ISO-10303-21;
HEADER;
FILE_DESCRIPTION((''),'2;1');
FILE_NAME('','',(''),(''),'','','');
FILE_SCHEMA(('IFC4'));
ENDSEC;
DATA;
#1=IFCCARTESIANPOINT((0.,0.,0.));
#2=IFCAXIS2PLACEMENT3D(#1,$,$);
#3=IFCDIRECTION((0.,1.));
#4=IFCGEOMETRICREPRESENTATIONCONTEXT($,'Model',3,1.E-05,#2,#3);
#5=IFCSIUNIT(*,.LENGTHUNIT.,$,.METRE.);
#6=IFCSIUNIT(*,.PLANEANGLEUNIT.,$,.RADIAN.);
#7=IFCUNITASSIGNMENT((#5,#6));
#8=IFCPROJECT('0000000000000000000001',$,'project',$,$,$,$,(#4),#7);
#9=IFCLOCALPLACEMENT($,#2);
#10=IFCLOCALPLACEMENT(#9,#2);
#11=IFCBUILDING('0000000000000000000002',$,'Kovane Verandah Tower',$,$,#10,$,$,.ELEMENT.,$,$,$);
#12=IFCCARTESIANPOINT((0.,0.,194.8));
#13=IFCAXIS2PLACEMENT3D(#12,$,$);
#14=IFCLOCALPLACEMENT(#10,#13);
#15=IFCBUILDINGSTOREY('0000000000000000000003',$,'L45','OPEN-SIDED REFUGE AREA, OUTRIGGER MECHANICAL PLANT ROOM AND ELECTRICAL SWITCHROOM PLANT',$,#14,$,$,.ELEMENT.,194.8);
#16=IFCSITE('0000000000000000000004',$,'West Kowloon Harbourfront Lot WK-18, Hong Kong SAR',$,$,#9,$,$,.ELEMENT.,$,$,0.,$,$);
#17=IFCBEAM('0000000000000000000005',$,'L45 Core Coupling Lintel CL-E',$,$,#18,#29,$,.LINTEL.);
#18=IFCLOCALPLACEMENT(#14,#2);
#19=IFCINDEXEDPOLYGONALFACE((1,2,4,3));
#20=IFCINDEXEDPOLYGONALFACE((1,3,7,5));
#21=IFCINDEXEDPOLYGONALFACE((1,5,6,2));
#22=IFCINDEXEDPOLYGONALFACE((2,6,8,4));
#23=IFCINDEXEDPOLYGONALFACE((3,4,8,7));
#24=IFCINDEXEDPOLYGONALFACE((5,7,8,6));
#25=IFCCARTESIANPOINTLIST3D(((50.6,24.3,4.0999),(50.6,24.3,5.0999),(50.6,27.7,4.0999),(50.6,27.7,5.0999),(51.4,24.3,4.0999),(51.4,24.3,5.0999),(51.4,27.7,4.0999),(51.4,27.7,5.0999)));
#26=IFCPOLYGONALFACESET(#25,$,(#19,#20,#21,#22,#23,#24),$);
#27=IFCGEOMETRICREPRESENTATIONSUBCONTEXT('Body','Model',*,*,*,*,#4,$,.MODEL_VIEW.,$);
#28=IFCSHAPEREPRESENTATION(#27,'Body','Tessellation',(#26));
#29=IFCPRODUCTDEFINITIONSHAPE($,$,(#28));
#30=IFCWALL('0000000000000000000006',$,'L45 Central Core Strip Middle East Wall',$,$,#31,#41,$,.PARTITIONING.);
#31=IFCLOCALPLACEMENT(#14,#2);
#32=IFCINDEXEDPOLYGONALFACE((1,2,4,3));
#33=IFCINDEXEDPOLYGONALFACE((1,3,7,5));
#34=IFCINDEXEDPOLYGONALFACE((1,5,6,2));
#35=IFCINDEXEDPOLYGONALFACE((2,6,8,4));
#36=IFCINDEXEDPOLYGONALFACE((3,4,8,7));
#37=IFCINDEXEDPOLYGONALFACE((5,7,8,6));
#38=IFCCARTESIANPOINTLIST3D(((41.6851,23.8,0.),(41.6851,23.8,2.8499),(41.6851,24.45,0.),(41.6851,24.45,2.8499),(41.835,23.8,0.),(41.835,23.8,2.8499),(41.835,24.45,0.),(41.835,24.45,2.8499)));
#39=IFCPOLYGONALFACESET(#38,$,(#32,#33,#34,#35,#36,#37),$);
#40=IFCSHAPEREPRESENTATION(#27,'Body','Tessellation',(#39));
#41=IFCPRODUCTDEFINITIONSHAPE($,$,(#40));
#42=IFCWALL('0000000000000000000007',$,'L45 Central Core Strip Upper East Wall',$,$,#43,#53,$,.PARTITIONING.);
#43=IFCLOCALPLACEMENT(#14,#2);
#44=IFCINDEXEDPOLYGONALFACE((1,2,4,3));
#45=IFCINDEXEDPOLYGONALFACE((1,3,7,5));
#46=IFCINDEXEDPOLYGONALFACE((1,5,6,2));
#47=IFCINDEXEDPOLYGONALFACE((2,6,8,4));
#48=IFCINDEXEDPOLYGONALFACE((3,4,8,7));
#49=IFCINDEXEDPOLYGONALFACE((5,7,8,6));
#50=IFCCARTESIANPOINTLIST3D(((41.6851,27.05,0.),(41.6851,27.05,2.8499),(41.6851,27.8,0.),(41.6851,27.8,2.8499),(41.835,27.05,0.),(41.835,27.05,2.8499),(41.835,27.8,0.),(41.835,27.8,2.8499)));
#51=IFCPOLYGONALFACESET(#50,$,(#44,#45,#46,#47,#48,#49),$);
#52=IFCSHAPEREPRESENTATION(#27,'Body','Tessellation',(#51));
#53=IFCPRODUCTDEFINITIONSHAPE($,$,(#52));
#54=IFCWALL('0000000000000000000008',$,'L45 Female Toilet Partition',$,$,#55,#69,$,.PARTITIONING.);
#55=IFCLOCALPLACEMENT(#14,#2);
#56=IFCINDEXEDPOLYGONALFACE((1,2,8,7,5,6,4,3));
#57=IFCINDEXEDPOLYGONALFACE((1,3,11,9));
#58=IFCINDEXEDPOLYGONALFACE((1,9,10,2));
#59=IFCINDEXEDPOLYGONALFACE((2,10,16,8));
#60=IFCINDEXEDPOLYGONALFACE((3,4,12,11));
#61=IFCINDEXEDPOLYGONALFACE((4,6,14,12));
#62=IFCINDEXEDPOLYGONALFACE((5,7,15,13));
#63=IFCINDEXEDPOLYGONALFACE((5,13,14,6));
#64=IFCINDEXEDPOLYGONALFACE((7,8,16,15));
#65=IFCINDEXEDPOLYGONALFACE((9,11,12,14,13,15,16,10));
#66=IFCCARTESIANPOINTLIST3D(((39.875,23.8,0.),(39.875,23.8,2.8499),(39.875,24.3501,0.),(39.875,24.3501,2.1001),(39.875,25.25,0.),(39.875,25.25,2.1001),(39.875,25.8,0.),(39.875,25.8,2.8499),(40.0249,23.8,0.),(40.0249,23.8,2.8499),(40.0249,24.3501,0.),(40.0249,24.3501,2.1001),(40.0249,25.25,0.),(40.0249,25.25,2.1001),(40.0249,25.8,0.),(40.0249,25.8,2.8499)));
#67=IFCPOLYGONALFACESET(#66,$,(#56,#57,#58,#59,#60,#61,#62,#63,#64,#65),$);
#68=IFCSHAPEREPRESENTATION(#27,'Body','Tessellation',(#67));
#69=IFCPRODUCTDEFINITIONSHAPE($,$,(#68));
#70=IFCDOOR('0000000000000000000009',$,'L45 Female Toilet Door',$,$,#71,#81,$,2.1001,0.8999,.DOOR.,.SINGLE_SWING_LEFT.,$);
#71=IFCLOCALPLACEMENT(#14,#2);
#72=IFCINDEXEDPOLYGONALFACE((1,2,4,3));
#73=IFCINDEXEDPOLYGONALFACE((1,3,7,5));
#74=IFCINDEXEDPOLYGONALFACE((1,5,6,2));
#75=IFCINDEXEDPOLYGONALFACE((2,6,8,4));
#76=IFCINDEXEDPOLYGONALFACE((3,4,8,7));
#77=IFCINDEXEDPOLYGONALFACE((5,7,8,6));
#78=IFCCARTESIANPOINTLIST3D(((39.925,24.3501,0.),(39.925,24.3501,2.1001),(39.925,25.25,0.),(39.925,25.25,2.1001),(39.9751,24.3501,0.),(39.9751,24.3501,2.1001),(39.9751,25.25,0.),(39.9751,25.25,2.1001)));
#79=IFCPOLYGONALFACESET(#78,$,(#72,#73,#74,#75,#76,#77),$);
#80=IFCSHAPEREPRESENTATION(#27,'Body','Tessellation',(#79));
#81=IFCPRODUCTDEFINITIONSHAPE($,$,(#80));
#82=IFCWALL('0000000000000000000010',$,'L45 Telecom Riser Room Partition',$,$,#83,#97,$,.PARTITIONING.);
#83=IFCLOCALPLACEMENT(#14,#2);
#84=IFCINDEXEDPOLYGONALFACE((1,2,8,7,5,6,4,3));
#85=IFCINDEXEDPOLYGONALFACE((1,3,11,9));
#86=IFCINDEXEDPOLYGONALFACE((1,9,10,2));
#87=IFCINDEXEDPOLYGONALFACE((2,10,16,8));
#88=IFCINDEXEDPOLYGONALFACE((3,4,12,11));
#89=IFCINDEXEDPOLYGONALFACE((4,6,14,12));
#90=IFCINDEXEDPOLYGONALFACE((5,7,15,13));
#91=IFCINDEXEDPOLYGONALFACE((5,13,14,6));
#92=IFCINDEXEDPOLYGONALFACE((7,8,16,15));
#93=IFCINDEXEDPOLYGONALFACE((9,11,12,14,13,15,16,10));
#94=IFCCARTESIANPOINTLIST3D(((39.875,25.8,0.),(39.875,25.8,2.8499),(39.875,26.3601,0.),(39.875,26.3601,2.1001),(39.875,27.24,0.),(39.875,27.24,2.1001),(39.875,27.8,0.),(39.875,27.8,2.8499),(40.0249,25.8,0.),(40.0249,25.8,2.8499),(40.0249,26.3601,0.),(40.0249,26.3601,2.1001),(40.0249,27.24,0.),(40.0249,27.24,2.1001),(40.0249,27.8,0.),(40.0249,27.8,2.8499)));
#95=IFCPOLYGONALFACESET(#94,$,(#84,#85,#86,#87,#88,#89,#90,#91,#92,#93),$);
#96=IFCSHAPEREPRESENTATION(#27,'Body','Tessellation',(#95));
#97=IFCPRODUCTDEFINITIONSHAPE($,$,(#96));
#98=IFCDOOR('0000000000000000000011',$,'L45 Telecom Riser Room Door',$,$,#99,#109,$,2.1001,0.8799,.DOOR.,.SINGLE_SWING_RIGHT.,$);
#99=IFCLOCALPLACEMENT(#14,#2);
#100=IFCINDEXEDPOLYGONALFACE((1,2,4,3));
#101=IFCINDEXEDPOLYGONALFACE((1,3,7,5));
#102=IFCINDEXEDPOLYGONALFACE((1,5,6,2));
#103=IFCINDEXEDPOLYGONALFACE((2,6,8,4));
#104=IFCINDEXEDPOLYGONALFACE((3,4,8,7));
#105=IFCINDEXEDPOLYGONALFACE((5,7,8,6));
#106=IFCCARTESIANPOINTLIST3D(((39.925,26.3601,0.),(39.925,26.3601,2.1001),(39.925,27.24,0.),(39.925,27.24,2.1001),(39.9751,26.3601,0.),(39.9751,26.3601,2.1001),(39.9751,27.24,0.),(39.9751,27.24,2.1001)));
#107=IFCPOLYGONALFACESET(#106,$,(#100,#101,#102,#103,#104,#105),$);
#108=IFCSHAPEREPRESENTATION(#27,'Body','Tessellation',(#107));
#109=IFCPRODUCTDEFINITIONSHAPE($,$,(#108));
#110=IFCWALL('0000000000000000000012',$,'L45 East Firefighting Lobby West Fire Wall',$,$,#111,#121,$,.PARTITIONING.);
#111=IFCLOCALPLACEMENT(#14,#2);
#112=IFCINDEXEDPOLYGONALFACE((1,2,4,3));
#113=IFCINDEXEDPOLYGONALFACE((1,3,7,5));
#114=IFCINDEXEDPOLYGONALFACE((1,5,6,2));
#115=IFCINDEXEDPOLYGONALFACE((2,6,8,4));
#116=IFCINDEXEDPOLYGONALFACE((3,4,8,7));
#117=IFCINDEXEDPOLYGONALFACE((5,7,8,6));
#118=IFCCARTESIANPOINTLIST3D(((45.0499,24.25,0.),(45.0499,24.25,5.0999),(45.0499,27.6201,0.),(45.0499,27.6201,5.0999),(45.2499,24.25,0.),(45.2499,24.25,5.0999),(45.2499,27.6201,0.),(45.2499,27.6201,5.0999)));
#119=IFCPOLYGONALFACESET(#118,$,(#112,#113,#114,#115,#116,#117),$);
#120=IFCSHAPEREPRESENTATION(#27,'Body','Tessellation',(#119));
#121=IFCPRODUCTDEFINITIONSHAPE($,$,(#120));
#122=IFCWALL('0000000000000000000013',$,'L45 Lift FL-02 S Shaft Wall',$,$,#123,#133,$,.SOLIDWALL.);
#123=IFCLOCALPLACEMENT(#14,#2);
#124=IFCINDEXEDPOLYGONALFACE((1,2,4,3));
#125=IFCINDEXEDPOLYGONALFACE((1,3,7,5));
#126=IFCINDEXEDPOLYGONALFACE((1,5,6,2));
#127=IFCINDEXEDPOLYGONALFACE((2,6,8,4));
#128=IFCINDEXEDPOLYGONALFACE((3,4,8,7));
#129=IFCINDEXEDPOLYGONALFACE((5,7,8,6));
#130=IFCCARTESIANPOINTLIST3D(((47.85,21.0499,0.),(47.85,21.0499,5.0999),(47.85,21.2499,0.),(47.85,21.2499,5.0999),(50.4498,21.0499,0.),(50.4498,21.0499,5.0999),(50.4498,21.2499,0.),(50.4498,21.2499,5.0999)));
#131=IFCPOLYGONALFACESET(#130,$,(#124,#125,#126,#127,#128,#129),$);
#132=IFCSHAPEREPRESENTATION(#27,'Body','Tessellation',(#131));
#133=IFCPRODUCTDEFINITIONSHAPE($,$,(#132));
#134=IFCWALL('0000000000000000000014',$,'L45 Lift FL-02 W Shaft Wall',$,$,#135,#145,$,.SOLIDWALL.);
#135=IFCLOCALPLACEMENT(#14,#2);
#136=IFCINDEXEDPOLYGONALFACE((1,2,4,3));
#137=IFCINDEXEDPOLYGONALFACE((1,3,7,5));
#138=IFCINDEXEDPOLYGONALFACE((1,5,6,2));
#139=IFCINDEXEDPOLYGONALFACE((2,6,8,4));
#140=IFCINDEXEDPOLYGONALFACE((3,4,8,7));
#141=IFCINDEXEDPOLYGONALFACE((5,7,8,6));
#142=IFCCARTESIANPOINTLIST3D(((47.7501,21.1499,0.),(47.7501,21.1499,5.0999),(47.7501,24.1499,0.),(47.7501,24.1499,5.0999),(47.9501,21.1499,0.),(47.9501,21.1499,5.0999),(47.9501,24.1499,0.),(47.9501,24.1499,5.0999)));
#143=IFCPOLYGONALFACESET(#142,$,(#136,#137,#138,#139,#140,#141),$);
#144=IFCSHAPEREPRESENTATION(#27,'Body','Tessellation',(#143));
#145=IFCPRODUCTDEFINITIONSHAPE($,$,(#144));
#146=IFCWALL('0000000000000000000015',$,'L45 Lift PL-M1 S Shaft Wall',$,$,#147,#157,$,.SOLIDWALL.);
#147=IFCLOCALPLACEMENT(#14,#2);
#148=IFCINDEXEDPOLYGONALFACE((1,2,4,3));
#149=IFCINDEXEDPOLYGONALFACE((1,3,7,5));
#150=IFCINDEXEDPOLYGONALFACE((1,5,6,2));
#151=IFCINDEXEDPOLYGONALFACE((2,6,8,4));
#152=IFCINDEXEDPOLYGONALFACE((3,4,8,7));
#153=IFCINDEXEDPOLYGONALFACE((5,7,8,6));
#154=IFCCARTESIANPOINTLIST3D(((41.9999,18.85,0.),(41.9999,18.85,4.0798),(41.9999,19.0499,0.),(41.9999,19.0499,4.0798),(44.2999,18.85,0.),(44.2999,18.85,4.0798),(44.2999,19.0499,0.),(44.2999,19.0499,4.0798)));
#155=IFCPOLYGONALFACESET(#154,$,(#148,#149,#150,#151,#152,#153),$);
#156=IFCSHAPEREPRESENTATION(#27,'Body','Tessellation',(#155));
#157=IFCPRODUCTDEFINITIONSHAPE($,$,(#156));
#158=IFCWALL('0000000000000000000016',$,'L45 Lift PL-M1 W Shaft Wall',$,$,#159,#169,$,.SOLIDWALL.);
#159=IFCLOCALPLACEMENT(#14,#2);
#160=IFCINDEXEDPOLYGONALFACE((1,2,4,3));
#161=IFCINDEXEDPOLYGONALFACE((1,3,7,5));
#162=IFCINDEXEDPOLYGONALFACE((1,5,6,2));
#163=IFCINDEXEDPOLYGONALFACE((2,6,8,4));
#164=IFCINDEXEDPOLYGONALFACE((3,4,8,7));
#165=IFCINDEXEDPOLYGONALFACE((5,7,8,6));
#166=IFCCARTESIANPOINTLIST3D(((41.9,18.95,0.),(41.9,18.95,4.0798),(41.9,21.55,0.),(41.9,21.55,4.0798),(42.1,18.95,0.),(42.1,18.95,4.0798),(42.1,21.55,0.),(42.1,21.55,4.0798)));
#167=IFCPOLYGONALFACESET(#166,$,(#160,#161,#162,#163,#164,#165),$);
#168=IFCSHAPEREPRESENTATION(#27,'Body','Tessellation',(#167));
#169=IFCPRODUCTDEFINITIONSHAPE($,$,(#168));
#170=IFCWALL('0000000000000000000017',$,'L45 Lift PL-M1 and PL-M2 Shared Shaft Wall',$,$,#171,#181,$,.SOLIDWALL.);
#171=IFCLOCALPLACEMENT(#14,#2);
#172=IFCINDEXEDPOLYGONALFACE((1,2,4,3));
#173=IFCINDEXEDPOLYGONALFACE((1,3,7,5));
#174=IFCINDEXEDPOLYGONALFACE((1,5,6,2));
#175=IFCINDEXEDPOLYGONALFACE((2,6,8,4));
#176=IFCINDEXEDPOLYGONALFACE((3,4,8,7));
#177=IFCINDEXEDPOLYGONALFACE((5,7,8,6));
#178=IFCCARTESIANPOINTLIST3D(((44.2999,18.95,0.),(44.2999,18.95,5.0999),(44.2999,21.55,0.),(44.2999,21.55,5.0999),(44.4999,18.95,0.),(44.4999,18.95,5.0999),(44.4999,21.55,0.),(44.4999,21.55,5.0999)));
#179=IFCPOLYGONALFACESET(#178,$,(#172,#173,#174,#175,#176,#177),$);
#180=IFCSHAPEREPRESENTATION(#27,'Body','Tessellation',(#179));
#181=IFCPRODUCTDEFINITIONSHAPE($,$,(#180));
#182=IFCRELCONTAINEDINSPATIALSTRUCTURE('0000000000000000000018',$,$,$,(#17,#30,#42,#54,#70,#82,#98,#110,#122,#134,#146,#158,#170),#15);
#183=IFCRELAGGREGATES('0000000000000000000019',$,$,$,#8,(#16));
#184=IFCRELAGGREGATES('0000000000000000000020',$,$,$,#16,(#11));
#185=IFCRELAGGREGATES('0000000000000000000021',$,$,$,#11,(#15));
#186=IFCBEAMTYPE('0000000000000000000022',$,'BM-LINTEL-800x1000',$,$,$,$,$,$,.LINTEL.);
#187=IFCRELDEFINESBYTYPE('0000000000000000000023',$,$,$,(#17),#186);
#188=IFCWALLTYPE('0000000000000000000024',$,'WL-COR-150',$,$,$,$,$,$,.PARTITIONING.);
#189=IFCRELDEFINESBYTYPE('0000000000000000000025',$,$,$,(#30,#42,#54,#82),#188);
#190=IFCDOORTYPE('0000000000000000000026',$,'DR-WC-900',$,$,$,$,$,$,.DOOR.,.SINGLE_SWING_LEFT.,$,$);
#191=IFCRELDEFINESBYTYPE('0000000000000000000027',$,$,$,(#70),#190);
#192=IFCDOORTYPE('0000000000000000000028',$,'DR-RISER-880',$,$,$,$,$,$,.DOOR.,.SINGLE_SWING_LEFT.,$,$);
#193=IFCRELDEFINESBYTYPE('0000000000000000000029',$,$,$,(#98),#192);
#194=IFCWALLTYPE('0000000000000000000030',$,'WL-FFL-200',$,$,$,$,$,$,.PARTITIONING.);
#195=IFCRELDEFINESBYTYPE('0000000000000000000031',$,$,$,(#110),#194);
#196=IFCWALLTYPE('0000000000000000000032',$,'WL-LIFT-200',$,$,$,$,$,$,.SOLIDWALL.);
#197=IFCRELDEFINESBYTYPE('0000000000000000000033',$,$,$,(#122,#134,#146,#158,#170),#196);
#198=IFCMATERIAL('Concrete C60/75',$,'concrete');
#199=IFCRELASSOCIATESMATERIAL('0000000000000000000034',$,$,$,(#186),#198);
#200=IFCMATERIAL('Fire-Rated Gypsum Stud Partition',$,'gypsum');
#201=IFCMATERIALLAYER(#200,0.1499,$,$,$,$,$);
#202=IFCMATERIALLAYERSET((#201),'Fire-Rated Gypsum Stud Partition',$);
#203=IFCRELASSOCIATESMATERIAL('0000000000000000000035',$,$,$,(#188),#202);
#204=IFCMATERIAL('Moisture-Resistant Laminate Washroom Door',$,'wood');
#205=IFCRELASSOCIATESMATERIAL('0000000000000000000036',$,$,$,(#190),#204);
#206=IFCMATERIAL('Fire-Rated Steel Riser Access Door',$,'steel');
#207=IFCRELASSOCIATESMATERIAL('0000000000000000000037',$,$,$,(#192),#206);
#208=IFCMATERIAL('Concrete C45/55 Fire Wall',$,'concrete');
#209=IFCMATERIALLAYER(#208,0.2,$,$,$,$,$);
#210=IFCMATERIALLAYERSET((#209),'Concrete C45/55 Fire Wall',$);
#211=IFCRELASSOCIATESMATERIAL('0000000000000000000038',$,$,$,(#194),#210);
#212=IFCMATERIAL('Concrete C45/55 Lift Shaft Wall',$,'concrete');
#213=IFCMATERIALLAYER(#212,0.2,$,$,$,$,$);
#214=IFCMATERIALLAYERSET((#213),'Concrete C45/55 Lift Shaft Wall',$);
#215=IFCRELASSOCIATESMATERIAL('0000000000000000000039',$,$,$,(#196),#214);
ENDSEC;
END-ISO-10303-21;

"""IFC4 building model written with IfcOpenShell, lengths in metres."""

from ifc_helpers import new_model, si_unit, direction, frame, frame_2d, origin, origin_2d, place, context, subcontext, project, spatial, rectangle, extrude, material, layer, layer_set, material_profile, profile_set, type_object, element, fill, save


model = new_model("IFC4")

# Units and contexts
model_context = context("Model", 3, precision=1e-05, world=origin(), true_north=direction((0.0, 1.0)))
body_context = subcontext(model_context, "Body", "Model", "MODEL_VIEW")
ifc_project = project(units=[si_unit("LENGTHUNIT", "METRE"), si_unit("PLANEANGLEUNIT", "RADIAN")], contexts=[model_context])

# Site, building, storey
site_placement = place(None, origin())
site = spatial("IfcSite", under=ifc_project, at=site_placement, Name="West Kowloon Harbourfront Lot WK-18, Hong Kong SAR", CompositionType="ELEMENT", RefElevation=0.0)
building_placement = place(site_placement, origin())
building = spatial("IfcBuilding", under=site, at=building_placement, Name="Kovane Verandah Tower", CompositionType="ELEMENT")
storey_placement = place(building_placement, frame((0.0, 0.0, 194.8)))
storey = spatial("IfcBuildingStorey", under=building, at=storey_placement, Name="L45", Description="OPEN-SIDED REFUGE AREA, OUTRIGGER MECHANICAL PLANT ROOM AND ELECTRICAL SWITCHROOM PLANT", CompositionType="ELEMENT", Elevation=194.8)

# Beam
ifc_material_1 = material(Name="Concrete C60/75", Category="concrete")
ifc_material_profile = material_profile(ifc_material_1, rectangle(XDim=0.8, YDim=1.0, at=origin_2d()), Name="RCB800x1000")
ifc_profile_set = profile_set([ifc_material_profile], Name="Concrete C60/75")
beam_type = type_object("IfcBeamType", Name="BM-LINTEL-800x1000", PredefinedType="LINTEL", material=ifc_profile_set)
beam_placement = place(storey_placement, frame((51.0, 24.3, 4.5999), z_axis=(0.0, 1.0, 0.0), x_axis=(-1.0, 0.0, 0.0)))
element("IfcBeam", 1, at=beam_placement, inside=storey, type_object=beam_type, Name="L45 Core Coupling Lintel CL-E", PredefinedType="LINTEL", context=body_context, shape_type="SweptSolid", body=[
    extrude(rectangle(XDim=0.8, YDim=1.0, at=origin_2d()), origin(), (0.0, 0.0, 1.0), 3.3999),
])

# Walls
ifc_material_2 = material(Name="Fire-Rated Gypsum Stud Partition", Category="gypsum")
ifc_layer_1 = layer(ifc_material_2, 0.1499)
ifc_layer_set_1 = layer_set([ifc_layer_1], Name="Fire-Rated Gypsum Stud Partition")
wall_type_1 = type_object("IfcWallType", Name="WL-COR-150", PredefinedType="PARTITIONING", material=ifc_layer_set_1)
wall_1_placement = place(storey_placement, frame((41.76, 23.8, 0.0), z_axis=(0.0, 0.0, 1.0), x_axis=(0.0, 1.0, 0.0)))
element("IfcWall", 2, at=wall_1_placement, inside=storey, type_object=wall_type_1, Name="L45 Central Core Strip Middle East Wall", PredefinedType="PARTITIONING", context=body_context, shape_type="SweptSolid", body=[
    extrude(rectangle(XDim=0.6499, YDim=0.1499, at=frame_2d((0.325, 0.0))), origin(), (0.0, 0.0, 1.0), 2.8499),
])
wall_2_placement = place(storey_placement, frame((41.76, 27.05, 0.0), z_axis=(0.0, 0.0, 1.0), x_axis=(0.0, 1.0, 0.0)))
element("IfcWall", 3, at=wall_2_placement, inside=storey, type_object=wall_type_1, Name="L45 Central Core Strip Upper East Wall", PredefinedType="PARTITIONING", context=body_context, shape_type="SweptSolid", body=[
    extrude(rectangle(XDim=0.75, YDim=0.1499, at=frame_2d((0.375, 0.0))), origin(), (0.0, 0.0, 1.0), 2.8499),
])

# Walls, openings, doors
wall_3_placement = place(storey_placement, frame((39.95, 23.8, 0.0), z_axis=(0.0, 0.0, 1.0), x_axis=(0.0, 1.0, 0.0)))
wall_3 = element("IfcWall", 4, at=wall_3_placement, inside=storey, type_object=wall_type_1, Name="L45 Female Toilet Partition", PredefinedType="PARTITIONING", context=body_context, shape_type="SweptSolid", body=[
    extrude(rectangle(XDim=2.0, YDim=0.1499, at=frame_2d((1.0, 0.0))), origin(), (0.0, 0.0, 1.0), 2.8499),
])
opening_1_placement = place(wall_3_placement, frame((0.55, 0.0, 0.0)))
opening_1 = element("IfcOpeningElement", 5, at=opening_1_placement, cuts=wall_3, PredefinedType="OPENING", context=body_context, shape_type="SweptSolid", body=[
    extrude(rectangle(XDim=0.8999, YDim=2.1001, at=frame_2d((0.45, 1.05))), frame((0.0, 0.075, 0.0), z_axis=(0.0, -1.0, 0.0), x_axis=(1.0, 0.0, 0.0)), (0.0, 0.0, 1.0), 0.1499),
])
ifc_material_3 = material(Name="Moisture-Resistant Laminate Washroom Door", Category="wood")
door_type_1 = type_object("IfcDoorType", Name="DR-WC-900", OperationType="SINGLE_SWING_LEFT", PredefinedType="DOOR", material=ifc_material_3)
door_1_placement = place(opening_1_placement, origin())
door_1 = element("IfcDoor", 6, at=door_1_placement, inside=storey, type_object=door_type_1, Name="L45 Female Toilet Door", OperationType="SINGLE_SWING_LEFT", OverallHeight=2.1001, OverallWidth=0.8999, PredefinedType="DOOR", context=body_context, shape_type="SweptSolid", body=[
    extrude(rectangle(XDim=0.8999, YDim=2.1001, at=frame_2d((0.45, 1.05))), frame((0.0, 0.0249, 0.0), z_axis=(0.0, -1.0, 0.0), x_axis=(1.0, 0.0, 0.0)), (0.0, 0.0, 1.0), 0.05),
])
fill(opening_1, door_1)
wall_4_placement = place(storey_placement, frame((39.95, 25.8, 0.0), z_axis=(0.0, 0.0, 1.0), x_axis=(0.0, 1.0, 0.0)))
wall_4 = element("IfcWall", 7, at=wall_4_placement, inside=storey, type_object=wall_type_1, Name="L45 Telecom Riser Room Partition", PredefinedType="PARTITIONING", context=body_context, shape_type="SweptSolid", body=[
    extrude(rectangle(XDim=2.0, YDim=0.1499, at=frame_2d((1.0, 0.0))), origin(), (0.0, 0.0, 1.0), 2.8499),
])
opening_2_placement = place(wall_4_placement, frame((0.5601, 0.0, 0.0)))
opening_2 = element("IfcOpeningElement", 8, at=opening_2_placement, cuts=wall_4, PredefinedType="OPENING", context=body_context, shape_type="SweptSolid", body=[
    extrude(rectangle(XDim=0.8799, YDim=2.1001, at=frame_2d((0.4399, 1.05))), frame((0.0, 0.075, 0.0), z_axis=(0.0, -1.0, 0.0), x_axis=(1.0, 0.0, 0.0)), (0.0, 0.0, 1.0), 0.1499),
])
ifc_material_4 = material(Name="Fire-Rated Steel Riser Access Door", Category="steel")
door_type_2 = type_object("IfcDoorType", Name="DR-RISER-880", OperationType="SINGLE_SWING_LEFT", PredefinedType="DOOR", material=ifc_material_4)
door_2_placement = place(opening_2_placement, origin())
door_2 = element("IfcDoor", 9, at=door_2_placement, inside=storey, type_object=door_type_2, Name="L45 Telecom Riser Room Door", OperationType="SINGLE_SWING_RIGHT", OverallHeight=2.1001, OverallWidth=0.8799, PredefinedType="DOOR", context=body_context, shape_type="SweptSolid", body=[
    extrude(rectangle(XDim=0.8799, YDim=2.1001, at=frame_2d((0.4399, 1.05))), frame((0.0, 0.0249, 0.0), z_axis=(0.0, -1.0, 0.0), x_axis=(1.0, 0.0, 0.0)), (0.0, 0.0, 1.0), 0.05),
])
fill(opening_2, door_2)

# Wall
ifc_material_5 = material(Name="Concrete C45/55 Fire Wall", Category="concrete")
ifc_layer_2 = layer(ifc_material_5, 0.2)
ifc_layer_set_2 = layer_set([ifc_layer_2], Name="Concrete C45/55 Fire Wall")
wall_type_2 = type_object("IfcWallType", Name="WL-FFL-200", PredefinedType="PARTITIONING", material=ifc_layer_set_2)
wall_5_placement = place(storey_placement, frame((45.1499, 24.25, 0.0), z_axis=(0.0, 0.0, 1.0), x_axis=(0.0, 1.0, 0.0)))
element("IfcWall", 10, at=wall_5_placement, inside=storey, type_object=wall_type_2, Name="L45 East Firefighting Lobby West Fire Wall", PredefinedType="PARTITIONING", context=body_context, shape_type="SweptSolid", body=[
    extrude(rectangle(XDim=3.3701, YDim=0.2, at=frame_2d((1.6851, 0.0))), origin(), (0.0, 0.0, 1.0), 5.0999),
])

# Wall
ifc_material_6 = material(Name="Concrete C45/55 Lift Shaft Wall", Category="concrete")
ifc_layer_3 = layer(ifc_material_6, 0.2)
ifc_layer_set_3 = layer_set([ifc_layer_3], Name="Concrete C45/55 Lift Shaft Wall")
wall_type_3 = type_object("IfcWallType", Name="WL-LIFT-200", PredefinedType="SOLIDWALL", material=ifc_layer_set_3)
wall_6_placement = place(storey_placement, frame((47.8501, 21.1499, 0.0), z_axis=(0.0, 0.0, 1.0), x_axis=(1.0, 0.0, 0.0)))
element("IfcWall", 11, at=wall_6_placement, inside=storey, type_object=wall_type_3, Name="L45 Lift FL-02 S Shaft Wall", PredefinedType="SOLIDWALL", context=body_context, shape_type="SweptSolid", body=[
    extrude(rectangle(XDim=2.5999, YDim=0.2, at=frame_2d((1.2998, 0.0))), origin(), (0.0, 0.0, 1.0), 5.0999),
])

# Walls
wall_7_placement = place(storey_placement, frame((47.8501, 24.1499, 0.0), z_axis=(0.0, 0.0, 1.0), x_axis=(0.0, -1.0, 0.0)))
element("IfcWall", 12, at=wall_7_placement, inside=storey, type_object=wall_type_3, Name="L45 Lift FL-02 W Shaft Wall", PredefinedType="SOLIDWALL", context=body_context, shape_type="SweptSolid", body=[
    extrude(rectangle(XDim=3.0, YDim=0.2, at=frame_2d((1.5, 0.0))), origin(), (0.0, 0.0, 1.0), 5.0999),
])
wall_8_placement = place(storey_placement, frame((42.0, 18.95, 0.0), z_axis=(0.0, 0.0, 1.0), x_axis=(1.0, 0.0, 0.0)))
element("IfcWall", 13, at=wall_8_placement, inside=storey, type_object=wall_type_3, Name="L45 Lift PL-M1 S Shaft Wall", PredefinedType="SOLIDWALL", context=body_context, shape_type="SweptSolid", body=[
    extrude(rectangle(XDim=2.3, YDim=0.2, at=frame_2d((1.1499, 0.0))), origin(), (0.0, 0.0, 1.0), 4.0798),
])

# Walls
wall_9_placement = place(storey_placement, frame((42.0, 21.55, 0.0), z_axis=(0.0, 0.0, 1.0), x_axis=(0.0, -1.0, 0.0)))
element("IfcWall", 14, at=wall_9_placement, inside=storey, type_object=wall_type_3, Name="L45 Lift PL-M1 W Shaft Wall", PredefinedType="SOLIDWALL", context=body_context, shape_type="SweptSolid", body=[
    extrude(rectangle(XDim=2.6001, YDim=0.2, at=frame_2d((1.3, 0.0))), origin(), (0.0, 0.0, 1.0), 4.0798),
])
wall_10_placement = place(storey_placement, frame((44.3999, 18.95, 0.0), z_axis=(0.0, 0.0, 1.0), x_axis=(0.0, 1.0, 0.0)))
element("IfcWall", 15, at=wall_10_placement, inside=storey, type_object=wall_type_3, Name="L45 Lift PL-M1 and PL-M2 Shared Shaft Wall", PredefinedType="SOLIDWALL", context=body_context, shape_type="SweptSolid", body=[
    extrude(rectangle(XDim=2.6001, YDim=0.2, at=frame_2d((1.3, 0.0))), origin(), (0.0, 0.0, 1.0), 5.0999),
])

save(model, "model.ifc")
